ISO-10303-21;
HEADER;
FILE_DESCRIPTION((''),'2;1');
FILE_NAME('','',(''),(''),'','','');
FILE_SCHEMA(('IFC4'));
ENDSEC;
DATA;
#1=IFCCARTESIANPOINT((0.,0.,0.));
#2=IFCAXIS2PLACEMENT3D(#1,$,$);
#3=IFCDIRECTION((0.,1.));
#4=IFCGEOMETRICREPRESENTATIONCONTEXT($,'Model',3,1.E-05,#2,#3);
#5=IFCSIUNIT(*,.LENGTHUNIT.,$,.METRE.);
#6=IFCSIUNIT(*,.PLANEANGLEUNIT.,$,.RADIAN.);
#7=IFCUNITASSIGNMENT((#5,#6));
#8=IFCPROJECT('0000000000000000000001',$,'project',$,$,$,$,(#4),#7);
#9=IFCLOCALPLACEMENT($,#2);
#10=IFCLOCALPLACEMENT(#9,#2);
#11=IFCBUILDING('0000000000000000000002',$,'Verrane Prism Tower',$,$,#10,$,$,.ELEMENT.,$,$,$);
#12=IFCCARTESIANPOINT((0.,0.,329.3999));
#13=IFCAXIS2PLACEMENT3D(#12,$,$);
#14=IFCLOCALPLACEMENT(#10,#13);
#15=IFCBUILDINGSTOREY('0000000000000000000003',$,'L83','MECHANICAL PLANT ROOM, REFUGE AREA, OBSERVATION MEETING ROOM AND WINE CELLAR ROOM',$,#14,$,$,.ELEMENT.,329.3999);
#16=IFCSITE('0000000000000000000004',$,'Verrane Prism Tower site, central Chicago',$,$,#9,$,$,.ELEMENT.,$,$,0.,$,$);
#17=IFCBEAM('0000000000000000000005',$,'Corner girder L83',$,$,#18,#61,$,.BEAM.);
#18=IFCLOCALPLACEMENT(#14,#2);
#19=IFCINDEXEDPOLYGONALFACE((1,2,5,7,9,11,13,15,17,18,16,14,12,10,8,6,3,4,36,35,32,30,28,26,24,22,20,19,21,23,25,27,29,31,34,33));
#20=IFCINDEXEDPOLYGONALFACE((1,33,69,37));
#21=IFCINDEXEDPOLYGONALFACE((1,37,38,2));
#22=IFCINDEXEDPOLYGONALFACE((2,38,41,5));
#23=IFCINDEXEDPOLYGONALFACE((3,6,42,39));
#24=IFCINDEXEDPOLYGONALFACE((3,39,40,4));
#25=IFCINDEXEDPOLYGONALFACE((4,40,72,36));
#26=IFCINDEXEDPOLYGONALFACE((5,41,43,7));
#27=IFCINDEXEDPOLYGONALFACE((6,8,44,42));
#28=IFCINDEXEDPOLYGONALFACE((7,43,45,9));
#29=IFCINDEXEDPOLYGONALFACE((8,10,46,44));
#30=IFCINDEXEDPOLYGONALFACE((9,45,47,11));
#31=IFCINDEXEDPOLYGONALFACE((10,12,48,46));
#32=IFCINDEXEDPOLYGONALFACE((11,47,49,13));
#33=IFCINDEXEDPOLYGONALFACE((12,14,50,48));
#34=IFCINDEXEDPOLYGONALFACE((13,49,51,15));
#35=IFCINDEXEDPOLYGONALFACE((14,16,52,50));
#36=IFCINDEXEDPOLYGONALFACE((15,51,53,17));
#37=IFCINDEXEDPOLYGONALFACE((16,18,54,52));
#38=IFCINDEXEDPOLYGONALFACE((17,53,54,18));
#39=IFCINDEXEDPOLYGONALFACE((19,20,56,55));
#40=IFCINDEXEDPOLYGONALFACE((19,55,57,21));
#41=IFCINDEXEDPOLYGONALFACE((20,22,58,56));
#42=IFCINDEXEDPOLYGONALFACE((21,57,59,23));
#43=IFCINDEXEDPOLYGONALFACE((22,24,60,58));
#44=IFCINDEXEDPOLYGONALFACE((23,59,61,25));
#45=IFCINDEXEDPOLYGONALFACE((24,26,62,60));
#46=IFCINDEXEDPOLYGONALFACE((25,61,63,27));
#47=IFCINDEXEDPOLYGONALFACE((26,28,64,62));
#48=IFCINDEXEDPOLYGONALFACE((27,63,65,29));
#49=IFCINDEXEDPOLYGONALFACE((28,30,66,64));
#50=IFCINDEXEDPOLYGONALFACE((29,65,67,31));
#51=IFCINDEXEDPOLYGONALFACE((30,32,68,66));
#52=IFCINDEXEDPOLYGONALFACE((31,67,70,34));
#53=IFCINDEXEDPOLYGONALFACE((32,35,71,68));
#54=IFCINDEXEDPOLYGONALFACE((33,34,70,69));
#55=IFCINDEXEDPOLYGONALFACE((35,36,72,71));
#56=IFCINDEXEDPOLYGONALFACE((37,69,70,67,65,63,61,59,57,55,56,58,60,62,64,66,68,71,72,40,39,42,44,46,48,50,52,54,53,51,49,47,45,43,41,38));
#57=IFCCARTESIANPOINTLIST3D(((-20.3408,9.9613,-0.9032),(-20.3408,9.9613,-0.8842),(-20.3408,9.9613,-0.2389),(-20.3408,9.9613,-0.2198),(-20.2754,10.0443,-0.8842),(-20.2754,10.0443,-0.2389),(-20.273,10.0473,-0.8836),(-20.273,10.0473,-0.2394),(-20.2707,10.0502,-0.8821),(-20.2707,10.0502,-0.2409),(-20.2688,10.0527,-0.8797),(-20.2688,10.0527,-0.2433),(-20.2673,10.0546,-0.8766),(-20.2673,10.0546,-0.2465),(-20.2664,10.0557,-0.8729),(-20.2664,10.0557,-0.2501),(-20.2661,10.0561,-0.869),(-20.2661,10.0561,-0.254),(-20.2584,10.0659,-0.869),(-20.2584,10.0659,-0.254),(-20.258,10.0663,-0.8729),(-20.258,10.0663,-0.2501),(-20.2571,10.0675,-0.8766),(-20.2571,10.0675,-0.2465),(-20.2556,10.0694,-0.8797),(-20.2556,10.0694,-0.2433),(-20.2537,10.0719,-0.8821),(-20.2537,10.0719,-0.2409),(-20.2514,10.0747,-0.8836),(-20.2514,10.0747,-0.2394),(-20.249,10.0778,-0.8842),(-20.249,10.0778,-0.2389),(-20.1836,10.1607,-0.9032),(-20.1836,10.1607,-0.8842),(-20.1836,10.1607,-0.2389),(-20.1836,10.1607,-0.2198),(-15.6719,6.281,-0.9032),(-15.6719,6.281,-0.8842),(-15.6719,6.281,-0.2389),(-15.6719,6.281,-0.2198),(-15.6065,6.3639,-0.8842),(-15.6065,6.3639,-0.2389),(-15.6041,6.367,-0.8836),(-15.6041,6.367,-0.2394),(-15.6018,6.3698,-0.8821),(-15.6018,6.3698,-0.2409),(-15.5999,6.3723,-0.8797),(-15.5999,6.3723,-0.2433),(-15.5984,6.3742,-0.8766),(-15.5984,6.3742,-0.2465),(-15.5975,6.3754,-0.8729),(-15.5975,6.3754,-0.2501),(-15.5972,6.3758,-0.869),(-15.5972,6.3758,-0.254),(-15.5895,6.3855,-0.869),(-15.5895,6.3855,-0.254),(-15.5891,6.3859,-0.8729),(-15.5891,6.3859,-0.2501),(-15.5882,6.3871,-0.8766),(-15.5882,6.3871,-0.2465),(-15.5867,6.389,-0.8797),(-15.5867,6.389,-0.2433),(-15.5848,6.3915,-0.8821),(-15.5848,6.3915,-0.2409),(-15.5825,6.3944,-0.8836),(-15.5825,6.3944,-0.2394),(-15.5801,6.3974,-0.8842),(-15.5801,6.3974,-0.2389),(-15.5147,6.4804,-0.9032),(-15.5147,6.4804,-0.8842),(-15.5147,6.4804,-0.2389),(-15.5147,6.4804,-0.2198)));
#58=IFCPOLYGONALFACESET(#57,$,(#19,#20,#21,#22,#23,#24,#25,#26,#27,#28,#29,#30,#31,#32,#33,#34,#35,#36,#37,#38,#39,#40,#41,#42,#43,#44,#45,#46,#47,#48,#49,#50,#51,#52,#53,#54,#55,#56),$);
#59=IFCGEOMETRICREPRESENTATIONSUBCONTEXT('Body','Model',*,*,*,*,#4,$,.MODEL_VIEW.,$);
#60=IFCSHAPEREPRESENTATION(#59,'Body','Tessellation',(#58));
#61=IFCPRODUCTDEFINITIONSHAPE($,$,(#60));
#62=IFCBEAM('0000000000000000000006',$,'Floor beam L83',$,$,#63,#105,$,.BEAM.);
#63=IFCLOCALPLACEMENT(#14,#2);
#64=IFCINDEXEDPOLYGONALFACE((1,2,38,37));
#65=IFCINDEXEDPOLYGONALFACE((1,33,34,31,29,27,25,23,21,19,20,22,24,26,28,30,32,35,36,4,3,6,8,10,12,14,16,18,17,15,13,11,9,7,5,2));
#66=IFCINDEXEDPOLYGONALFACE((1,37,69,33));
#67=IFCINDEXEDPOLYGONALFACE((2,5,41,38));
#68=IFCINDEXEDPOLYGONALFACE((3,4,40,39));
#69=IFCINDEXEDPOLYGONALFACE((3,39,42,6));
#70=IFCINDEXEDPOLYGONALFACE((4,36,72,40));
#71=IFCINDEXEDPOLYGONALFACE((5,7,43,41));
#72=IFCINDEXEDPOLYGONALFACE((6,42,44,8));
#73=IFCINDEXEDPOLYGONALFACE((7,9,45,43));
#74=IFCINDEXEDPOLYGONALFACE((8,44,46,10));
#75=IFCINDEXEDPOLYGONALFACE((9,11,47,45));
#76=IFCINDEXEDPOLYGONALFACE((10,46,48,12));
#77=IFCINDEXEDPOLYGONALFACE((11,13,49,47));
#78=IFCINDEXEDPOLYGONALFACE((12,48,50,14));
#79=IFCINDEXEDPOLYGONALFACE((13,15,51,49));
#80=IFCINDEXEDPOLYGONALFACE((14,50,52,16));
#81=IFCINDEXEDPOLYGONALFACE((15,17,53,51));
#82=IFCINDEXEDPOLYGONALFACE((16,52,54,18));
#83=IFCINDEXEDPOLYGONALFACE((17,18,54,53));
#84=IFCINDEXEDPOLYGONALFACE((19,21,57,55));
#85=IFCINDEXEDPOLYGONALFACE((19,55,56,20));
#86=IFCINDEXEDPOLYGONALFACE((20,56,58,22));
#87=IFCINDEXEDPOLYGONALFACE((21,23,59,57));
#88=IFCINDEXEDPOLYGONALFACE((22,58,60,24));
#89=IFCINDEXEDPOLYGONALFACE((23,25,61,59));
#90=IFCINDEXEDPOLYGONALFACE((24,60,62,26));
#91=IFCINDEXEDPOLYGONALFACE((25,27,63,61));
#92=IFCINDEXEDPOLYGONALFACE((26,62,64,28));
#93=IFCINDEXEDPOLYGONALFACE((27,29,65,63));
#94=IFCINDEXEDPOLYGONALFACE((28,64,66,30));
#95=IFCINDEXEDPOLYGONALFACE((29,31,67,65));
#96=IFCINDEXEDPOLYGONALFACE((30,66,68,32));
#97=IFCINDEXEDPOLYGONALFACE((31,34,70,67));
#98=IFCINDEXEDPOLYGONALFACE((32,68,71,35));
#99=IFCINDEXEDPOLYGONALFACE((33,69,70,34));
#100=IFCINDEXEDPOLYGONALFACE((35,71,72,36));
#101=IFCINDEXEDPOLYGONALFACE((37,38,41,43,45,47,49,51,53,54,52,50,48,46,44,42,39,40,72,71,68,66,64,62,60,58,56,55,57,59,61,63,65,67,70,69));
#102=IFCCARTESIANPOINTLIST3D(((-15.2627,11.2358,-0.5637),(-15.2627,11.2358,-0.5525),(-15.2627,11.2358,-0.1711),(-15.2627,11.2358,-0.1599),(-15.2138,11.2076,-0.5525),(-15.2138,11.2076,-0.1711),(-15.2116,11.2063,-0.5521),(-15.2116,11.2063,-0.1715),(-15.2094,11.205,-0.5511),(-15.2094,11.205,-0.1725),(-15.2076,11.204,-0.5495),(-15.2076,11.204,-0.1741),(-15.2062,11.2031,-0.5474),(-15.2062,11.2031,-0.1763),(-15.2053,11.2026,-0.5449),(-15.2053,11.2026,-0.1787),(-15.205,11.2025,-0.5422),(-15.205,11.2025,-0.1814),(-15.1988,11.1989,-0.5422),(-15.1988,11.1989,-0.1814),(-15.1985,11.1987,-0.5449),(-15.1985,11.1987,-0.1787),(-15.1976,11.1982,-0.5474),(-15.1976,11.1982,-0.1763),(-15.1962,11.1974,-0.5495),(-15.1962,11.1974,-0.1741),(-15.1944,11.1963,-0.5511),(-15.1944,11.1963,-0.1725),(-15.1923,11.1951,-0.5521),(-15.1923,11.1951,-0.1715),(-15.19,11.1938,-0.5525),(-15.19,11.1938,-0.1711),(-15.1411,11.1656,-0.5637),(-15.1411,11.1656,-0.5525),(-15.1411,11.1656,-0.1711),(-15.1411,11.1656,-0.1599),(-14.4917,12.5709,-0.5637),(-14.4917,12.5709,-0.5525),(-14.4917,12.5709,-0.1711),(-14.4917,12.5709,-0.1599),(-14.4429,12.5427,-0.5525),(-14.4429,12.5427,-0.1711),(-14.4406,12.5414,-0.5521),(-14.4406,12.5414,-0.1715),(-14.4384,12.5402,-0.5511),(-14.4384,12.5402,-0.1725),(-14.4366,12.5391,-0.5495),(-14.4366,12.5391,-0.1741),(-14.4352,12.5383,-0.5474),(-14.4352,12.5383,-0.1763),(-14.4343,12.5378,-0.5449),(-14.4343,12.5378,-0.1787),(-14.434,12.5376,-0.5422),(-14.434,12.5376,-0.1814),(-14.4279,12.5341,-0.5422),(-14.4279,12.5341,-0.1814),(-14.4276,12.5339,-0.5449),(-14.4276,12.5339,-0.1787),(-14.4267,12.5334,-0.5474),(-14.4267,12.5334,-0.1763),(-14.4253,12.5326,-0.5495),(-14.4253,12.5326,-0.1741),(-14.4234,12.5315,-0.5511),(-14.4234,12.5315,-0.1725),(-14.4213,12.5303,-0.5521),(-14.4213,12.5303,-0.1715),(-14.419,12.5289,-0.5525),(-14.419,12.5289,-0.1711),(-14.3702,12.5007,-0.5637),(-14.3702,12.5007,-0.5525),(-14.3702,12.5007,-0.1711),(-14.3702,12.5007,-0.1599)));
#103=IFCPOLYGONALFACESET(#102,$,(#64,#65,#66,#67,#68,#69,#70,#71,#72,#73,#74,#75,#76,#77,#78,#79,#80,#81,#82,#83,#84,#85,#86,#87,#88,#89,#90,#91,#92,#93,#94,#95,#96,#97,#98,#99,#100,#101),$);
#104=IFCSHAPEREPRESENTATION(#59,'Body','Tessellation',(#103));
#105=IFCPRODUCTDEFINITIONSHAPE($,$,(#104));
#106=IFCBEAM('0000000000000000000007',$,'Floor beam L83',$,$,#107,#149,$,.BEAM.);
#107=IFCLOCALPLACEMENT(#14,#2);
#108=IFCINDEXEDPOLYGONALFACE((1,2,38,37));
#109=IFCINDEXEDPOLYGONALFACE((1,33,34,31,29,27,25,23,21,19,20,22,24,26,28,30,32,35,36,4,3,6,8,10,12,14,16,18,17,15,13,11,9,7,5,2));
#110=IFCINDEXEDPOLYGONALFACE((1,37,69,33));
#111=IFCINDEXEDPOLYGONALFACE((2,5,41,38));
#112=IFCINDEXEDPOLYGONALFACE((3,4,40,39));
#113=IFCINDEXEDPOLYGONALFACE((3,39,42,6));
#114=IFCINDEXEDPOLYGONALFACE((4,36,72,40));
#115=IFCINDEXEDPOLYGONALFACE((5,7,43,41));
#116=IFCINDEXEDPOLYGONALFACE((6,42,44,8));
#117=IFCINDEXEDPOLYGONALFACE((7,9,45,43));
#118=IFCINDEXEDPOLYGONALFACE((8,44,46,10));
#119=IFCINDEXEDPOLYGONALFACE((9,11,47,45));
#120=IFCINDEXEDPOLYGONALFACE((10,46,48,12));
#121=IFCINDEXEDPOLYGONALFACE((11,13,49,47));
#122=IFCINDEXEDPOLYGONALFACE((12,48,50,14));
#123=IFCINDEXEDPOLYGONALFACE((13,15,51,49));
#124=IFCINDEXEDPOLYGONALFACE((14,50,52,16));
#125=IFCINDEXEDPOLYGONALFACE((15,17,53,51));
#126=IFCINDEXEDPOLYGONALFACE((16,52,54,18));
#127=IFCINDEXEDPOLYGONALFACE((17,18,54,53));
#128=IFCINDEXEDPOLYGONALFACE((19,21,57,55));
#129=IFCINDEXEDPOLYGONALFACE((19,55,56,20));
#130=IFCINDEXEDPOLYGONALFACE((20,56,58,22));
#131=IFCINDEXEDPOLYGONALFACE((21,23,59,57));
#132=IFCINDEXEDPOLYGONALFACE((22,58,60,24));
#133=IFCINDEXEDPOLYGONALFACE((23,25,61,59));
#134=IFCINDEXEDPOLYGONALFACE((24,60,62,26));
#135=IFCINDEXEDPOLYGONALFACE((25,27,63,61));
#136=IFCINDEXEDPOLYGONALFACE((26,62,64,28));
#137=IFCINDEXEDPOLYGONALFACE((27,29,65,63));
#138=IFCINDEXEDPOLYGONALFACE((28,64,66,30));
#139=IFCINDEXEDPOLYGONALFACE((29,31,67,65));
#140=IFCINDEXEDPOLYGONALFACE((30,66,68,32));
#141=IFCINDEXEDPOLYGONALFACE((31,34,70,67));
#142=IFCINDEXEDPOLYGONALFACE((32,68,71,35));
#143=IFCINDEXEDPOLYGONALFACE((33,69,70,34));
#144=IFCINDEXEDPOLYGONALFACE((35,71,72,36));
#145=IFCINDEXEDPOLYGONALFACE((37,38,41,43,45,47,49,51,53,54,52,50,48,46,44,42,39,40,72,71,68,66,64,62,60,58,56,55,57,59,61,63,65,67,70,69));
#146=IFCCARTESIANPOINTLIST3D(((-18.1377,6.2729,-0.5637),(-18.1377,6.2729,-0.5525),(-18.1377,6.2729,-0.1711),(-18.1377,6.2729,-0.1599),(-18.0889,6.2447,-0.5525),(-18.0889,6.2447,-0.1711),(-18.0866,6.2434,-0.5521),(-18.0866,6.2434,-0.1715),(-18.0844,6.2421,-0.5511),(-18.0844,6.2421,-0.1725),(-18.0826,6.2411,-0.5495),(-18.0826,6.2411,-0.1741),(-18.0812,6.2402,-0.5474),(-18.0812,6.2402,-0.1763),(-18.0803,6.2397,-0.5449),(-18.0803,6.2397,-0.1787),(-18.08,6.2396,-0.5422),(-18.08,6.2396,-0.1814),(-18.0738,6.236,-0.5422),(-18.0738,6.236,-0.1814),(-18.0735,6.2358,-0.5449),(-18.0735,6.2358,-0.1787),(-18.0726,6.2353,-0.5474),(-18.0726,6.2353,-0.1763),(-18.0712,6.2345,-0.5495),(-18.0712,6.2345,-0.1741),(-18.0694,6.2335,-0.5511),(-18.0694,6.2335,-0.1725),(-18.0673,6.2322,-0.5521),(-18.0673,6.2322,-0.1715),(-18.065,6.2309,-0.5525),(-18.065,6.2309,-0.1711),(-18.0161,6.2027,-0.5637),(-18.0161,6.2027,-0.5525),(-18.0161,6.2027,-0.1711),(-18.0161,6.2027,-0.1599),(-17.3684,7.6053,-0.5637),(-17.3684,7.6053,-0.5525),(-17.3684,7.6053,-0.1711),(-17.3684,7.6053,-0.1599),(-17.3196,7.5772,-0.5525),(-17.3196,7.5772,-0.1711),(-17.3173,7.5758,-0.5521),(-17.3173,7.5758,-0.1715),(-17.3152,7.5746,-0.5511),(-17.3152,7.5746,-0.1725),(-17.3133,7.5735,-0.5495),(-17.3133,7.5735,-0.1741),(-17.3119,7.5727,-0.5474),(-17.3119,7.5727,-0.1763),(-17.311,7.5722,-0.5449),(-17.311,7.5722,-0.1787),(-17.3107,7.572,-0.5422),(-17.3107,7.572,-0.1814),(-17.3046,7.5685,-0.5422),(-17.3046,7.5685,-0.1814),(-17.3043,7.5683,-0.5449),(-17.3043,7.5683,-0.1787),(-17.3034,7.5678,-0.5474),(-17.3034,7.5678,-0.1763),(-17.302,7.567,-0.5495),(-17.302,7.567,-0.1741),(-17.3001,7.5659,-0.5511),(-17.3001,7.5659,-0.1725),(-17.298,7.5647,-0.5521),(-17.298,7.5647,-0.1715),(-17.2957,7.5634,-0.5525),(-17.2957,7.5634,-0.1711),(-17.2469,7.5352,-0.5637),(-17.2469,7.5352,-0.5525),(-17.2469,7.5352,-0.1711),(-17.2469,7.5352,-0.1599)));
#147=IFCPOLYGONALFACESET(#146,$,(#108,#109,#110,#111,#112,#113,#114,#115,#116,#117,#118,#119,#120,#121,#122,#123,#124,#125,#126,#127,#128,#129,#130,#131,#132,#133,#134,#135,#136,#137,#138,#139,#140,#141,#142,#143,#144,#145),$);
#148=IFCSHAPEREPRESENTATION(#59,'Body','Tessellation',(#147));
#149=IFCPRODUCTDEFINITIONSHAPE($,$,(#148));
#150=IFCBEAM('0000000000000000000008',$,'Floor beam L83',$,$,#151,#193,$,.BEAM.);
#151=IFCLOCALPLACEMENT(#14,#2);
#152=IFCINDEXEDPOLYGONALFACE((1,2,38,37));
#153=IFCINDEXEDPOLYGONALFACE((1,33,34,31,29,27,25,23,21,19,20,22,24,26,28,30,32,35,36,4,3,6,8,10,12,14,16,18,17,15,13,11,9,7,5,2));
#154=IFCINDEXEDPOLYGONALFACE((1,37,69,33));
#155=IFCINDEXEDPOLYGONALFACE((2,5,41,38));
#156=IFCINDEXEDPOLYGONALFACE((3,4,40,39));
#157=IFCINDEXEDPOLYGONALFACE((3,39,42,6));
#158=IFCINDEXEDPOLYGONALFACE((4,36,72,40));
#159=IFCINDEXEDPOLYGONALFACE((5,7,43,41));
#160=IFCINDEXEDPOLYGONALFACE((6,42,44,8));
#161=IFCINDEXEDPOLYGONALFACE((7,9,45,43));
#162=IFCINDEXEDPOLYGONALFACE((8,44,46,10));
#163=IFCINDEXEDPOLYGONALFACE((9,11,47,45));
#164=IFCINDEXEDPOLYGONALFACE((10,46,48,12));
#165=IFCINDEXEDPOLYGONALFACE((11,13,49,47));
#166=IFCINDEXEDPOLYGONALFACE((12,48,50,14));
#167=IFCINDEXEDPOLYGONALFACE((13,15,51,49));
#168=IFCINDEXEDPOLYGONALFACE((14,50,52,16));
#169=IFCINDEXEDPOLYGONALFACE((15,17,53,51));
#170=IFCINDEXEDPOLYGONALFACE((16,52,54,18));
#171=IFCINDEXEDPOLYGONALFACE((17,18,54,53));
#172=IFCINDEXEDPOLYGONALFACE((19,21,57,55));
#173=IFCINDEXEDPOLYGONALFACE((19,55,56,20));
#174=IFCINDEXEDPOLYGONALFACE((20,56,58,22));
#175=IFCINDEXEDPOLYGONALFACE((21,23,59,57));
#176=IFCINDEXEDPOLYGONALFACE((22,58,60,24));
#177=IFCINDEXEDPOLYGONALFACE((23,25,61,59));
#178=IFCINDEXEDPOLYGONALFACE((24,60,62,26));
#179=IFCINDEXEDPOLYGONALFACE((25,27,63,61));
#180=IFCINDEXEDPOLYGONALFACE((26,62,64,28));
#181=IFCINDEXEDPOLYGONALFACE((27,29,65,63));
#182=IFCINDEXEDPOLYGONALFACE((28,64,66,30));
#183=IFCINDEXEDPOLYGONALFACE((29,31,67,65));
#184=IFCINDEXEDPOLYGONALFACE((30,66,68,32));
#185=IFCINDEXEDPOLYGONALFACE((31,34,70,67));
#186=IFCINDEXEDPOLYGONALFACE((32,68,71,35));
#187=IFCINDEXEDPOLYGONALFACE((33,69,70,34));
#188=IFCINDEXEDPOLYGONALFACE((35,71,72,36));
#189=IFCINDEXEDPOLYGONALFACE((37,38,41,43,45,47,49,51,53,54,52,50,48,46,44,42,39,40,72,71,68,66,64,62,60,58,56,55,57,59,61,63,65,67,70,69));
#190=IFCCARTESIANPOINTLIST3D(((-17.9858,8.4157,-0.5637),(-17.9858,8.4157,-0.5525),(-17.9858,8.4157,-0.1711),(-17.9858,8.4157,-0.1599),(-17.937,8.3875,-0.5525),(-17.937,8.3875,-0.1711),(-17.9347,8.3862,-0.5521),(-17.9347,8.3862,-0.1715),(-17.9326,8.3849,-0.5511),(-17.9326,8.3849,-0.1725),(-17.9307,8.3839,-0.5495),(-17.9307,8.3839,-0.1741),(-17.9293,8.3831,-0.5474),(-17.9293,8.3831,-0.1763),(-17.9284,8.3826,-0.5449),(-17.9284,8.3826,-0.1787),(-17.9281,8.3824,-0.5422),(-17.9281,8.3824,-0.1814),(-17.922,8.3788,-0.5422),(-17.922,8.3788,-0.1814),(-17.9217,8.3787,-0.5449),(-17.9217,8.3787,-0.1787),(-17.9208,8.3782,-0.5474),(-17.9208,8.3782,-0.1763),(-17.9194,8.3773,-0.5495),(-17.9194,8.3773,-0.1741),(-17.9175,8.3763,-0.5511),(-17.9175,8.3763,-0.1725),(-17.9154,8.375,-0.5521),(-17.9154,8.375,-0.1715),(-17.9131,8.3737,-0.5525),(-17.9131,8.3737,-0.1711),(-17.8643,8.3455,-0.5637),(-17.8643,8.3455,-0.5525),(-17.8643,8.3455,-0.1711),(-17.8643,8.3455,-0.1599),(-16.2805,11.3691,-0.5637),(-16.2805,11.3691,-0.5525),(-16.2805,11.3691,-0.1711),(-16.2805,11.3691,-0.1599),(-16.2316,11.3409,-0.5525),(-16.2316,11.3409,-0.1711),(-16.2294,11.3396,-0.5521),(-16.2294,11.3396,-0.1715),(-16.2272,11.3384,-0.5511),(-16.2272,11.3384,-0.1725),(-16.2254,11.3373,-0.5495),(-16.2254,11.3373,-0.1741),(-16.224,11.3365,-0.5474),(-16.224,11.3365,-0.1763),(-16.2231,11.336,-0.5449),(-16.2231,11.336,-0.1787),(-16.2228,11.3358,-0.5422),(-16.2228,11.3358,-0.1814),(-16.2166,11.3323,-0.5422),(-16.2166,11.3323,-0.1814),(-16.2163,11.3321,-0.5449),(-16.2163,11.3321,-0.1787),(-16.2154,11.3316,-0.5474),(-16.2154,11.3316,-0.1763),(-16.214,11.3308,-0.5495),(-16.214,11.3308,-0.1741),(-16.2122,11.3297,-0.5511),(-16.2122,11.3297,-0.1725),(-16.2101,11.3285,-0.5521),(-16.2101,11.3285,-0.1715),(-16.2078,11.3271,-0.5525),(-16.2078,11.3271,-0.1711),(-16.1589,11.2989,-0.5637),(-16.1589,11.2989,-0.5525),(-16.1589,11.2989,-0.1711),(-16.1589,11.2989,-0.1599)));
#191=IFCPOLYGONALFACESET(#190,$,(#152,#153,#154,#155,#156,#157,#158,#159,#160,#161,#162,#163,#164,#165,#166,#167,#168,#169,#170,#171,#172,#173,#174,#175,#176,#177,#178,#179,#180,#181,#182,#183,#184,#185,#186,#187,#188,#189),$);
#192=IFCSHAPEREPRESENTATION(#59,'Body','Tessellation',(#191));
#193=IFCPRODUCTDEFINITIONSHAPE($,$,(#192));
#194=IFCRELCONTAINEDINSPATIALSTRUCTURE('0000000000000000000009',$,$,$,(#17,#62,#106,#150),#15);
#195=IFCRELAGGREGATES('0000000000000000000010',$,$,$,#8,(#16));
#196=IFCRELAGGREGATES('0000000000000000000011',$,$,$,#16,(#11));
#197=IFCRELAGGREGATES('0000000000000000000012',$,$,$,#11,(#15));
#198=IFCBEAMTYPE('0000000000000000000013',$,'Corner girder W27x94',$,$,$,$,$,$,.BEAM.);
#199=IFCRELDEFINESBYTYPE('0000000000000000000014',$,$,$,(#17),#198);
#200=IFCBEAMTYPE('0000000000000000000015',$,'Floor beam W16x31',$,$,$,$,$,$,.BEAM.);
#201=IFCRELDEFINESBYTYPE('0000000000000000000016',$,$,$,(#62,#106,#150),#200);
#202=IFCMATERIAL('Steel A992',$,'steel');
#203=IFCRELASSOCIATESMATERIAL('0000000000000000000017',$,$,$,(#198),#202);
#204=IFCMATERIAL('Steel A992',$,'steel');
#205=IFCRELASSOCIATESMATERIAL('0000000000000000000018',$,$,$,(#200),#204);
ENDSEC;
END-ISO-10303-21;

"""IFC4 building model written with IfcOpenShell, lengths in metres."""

from ifc_helpers import new_model, si_unit, direction, frame, origin, origin_2d, place, context, subcontext, project, spatial, i_section, extrude, material, material_profile, profile_set, type_object, element, save


model = new_model("IFC4")

# Units and contexts
model_context = context("Model", 3, precision=1e-05, world=origin(), true_north=direction((0.0, 1.0)))
body_context = subcontext(model_context, "Body", "Model", "MODEL_VIEW")
ifc_project = project(units=[si_unit("LENGTHUNIT", "METRE"), si_unit("PLANEANGLEUNIT", "RADIAN")], contexts=[model_context])

# Site, building, storey
site_placement = place(None, origin())
site = spatial("IfcSite", under=ifc_project, at=site_placement, Name="Verrane Prism Tower site, central Chicago", CompositionType="ELEMENT", RefElevation=0.0)
building_placement = place(site_placement, origin())
building = spatial("IfcBuilding", under=site, at=building_placement, Name="Verrane Prism Tower", CompositionType="ELEMENT")
storey_placement = place(building_placement, frame((0.0, 0.0, 329.3999)))
storey = spatial("IfcBuildingStorey", under=building, at=storey_placement, Name="L83", Description="MECHANICAL PLANT ROOM, REFUGE AREA, OBSERVATION MEETING ROOM AND WINE CELLAR ROOM", CompositionType="ELEMENT", Elevation=329.3999)

# Beams
ifc_material_1 = material(Name="Steel A992", Category="steel")
ifc_material_profile_1 = material_profile(ifc_material_1, i_section(OverallWidth=0.2539, OverallDepth=0.6833, WebThickness=0.0125, FlangeThickness=0.019, FilletRadius=0.0151, at=origin_2d()), Name="W27x94")
ifc_profile_set_1 = profile_set([ifc_material_profile_1], Name="Steel A992")
beam_type_1 = type_object("IfcBeamType", Name="Corner girder W27x94", PredefinedType="BEAM", material=ifc_profile_set_1)
for number, where, z_axis, x_axis, name in (
    (1, (-20.2622, 10.061, -0.5615), (0.78534, -0.619065, 0.0), (0.619065, 0.78534, 0.0), "Corner girder L83"),
):
    element("IfcBeam", number, at=place(storey_placement, frame(where, z_axis=z_axis, x_axis=x_axis)), inside=storey, type_object=beam_type_1, Name=name, PredefinedType="BEAM", context=body_context, shape_type="SweptSolid", body=[
        extrude(i_section(OverallWidth=0.2539, OverallDepth=0.6833, WebThickness=0.0125, FlangeThickness=0.019, FilletRadius=0.0151, at=origin_2d()), origin(), (0.0, 0.0, 1.0), 5.9451),
    ])
ifc_material_2 = material(Name="Steel A992", Category="steel")
ifc_material_profile_2 = material_profile(ifc_material_2, i_section(OverallWidth=0.1404, OverallDepth=0.4038, WebThickness=0.0071, FlangeThickness=0.0112, FilletRadius=0.0103, at=origin_2d()), Name="W16x31")
ifc_profile_set_2 = profile_set([ifc_material_profile_2], Name="Steel A992")
beam_type_2 = type_object("IfcBeamType", Name="Floor beam W16x31", PredefinedType="BEAM", material=ifc_profile_set_2)
beam_1_placement = place(storey_placement, frame((-15.2019, 11.2007, -0.3618), z_axis=(0.500056, 0.865993, 0.0), x_axis=(-0.865993, 0.500056, 0.0)))
element("IfcBeam", 2, at=beam_1_placement, inside=storey, type_object=beam_type_2, Name="Floor beam L83", PredefinedType="BEAM", context=body_context, shape_type="SweptSolid", body=[
    extrude(i_section(OverallWidth=0.1404, OverallDepth=0.4038, WebThickness=0.0071, FlangeThickness=0.0112, FilletRadius=0.0103, at=origin_2d()), origin(), (0.0, 0.0, 1.0), 1.5417),
])
beam_2_placement = place(storey_placement, frame((-18.0769, 6.2378, -0.3618), z_axis=(0.499979, 0.866038, 0.0), x_axis=(-0.866038, 0.499979, 0.0)))
element("IfcBeam", 3, at=beam_2_placement, inside=storey, type_object=beam_type_2, Name="Floor beam L83", PredefinedType="BEAM", context=body_context, shape_type="SweptSolid", body=[
    extrude(i_section(OverallWidth=0.1404, OverallDepth=0.4038, WebThickness=0.0071, FlangeThickness=0.0112, FilletRadius=0.0103, at=origin_2d()), origin(), (0.0, 0.0, 1.0), 1.5386),
])
beam_3_placement = place(storey_placement, frame((-17.925, 8.3806, -0.3618), z_axis=(0.500043, 0.866001, 0.0), x_axis=(-0.866001, 0.500043, 0.0)))
element("IfcBeam", 4, at=beam_3_placement, inside=storey, type_object=beam_type_2, Name="Floor beam L83", PredefinedType="BEAM", context=body_context, shape_type="SweptSolid", body=[
    extrude(i_section(OverallWidth=0.1404, OverallDepth=0.4038, WebThickness=0.0071, FlangeThickness=0.0112, FilletRadius=0.0103, at=origin_2d()), origin(), (0.0, 0.0, 1.0), 3.4104),
])

save(model, "model.ifc")
